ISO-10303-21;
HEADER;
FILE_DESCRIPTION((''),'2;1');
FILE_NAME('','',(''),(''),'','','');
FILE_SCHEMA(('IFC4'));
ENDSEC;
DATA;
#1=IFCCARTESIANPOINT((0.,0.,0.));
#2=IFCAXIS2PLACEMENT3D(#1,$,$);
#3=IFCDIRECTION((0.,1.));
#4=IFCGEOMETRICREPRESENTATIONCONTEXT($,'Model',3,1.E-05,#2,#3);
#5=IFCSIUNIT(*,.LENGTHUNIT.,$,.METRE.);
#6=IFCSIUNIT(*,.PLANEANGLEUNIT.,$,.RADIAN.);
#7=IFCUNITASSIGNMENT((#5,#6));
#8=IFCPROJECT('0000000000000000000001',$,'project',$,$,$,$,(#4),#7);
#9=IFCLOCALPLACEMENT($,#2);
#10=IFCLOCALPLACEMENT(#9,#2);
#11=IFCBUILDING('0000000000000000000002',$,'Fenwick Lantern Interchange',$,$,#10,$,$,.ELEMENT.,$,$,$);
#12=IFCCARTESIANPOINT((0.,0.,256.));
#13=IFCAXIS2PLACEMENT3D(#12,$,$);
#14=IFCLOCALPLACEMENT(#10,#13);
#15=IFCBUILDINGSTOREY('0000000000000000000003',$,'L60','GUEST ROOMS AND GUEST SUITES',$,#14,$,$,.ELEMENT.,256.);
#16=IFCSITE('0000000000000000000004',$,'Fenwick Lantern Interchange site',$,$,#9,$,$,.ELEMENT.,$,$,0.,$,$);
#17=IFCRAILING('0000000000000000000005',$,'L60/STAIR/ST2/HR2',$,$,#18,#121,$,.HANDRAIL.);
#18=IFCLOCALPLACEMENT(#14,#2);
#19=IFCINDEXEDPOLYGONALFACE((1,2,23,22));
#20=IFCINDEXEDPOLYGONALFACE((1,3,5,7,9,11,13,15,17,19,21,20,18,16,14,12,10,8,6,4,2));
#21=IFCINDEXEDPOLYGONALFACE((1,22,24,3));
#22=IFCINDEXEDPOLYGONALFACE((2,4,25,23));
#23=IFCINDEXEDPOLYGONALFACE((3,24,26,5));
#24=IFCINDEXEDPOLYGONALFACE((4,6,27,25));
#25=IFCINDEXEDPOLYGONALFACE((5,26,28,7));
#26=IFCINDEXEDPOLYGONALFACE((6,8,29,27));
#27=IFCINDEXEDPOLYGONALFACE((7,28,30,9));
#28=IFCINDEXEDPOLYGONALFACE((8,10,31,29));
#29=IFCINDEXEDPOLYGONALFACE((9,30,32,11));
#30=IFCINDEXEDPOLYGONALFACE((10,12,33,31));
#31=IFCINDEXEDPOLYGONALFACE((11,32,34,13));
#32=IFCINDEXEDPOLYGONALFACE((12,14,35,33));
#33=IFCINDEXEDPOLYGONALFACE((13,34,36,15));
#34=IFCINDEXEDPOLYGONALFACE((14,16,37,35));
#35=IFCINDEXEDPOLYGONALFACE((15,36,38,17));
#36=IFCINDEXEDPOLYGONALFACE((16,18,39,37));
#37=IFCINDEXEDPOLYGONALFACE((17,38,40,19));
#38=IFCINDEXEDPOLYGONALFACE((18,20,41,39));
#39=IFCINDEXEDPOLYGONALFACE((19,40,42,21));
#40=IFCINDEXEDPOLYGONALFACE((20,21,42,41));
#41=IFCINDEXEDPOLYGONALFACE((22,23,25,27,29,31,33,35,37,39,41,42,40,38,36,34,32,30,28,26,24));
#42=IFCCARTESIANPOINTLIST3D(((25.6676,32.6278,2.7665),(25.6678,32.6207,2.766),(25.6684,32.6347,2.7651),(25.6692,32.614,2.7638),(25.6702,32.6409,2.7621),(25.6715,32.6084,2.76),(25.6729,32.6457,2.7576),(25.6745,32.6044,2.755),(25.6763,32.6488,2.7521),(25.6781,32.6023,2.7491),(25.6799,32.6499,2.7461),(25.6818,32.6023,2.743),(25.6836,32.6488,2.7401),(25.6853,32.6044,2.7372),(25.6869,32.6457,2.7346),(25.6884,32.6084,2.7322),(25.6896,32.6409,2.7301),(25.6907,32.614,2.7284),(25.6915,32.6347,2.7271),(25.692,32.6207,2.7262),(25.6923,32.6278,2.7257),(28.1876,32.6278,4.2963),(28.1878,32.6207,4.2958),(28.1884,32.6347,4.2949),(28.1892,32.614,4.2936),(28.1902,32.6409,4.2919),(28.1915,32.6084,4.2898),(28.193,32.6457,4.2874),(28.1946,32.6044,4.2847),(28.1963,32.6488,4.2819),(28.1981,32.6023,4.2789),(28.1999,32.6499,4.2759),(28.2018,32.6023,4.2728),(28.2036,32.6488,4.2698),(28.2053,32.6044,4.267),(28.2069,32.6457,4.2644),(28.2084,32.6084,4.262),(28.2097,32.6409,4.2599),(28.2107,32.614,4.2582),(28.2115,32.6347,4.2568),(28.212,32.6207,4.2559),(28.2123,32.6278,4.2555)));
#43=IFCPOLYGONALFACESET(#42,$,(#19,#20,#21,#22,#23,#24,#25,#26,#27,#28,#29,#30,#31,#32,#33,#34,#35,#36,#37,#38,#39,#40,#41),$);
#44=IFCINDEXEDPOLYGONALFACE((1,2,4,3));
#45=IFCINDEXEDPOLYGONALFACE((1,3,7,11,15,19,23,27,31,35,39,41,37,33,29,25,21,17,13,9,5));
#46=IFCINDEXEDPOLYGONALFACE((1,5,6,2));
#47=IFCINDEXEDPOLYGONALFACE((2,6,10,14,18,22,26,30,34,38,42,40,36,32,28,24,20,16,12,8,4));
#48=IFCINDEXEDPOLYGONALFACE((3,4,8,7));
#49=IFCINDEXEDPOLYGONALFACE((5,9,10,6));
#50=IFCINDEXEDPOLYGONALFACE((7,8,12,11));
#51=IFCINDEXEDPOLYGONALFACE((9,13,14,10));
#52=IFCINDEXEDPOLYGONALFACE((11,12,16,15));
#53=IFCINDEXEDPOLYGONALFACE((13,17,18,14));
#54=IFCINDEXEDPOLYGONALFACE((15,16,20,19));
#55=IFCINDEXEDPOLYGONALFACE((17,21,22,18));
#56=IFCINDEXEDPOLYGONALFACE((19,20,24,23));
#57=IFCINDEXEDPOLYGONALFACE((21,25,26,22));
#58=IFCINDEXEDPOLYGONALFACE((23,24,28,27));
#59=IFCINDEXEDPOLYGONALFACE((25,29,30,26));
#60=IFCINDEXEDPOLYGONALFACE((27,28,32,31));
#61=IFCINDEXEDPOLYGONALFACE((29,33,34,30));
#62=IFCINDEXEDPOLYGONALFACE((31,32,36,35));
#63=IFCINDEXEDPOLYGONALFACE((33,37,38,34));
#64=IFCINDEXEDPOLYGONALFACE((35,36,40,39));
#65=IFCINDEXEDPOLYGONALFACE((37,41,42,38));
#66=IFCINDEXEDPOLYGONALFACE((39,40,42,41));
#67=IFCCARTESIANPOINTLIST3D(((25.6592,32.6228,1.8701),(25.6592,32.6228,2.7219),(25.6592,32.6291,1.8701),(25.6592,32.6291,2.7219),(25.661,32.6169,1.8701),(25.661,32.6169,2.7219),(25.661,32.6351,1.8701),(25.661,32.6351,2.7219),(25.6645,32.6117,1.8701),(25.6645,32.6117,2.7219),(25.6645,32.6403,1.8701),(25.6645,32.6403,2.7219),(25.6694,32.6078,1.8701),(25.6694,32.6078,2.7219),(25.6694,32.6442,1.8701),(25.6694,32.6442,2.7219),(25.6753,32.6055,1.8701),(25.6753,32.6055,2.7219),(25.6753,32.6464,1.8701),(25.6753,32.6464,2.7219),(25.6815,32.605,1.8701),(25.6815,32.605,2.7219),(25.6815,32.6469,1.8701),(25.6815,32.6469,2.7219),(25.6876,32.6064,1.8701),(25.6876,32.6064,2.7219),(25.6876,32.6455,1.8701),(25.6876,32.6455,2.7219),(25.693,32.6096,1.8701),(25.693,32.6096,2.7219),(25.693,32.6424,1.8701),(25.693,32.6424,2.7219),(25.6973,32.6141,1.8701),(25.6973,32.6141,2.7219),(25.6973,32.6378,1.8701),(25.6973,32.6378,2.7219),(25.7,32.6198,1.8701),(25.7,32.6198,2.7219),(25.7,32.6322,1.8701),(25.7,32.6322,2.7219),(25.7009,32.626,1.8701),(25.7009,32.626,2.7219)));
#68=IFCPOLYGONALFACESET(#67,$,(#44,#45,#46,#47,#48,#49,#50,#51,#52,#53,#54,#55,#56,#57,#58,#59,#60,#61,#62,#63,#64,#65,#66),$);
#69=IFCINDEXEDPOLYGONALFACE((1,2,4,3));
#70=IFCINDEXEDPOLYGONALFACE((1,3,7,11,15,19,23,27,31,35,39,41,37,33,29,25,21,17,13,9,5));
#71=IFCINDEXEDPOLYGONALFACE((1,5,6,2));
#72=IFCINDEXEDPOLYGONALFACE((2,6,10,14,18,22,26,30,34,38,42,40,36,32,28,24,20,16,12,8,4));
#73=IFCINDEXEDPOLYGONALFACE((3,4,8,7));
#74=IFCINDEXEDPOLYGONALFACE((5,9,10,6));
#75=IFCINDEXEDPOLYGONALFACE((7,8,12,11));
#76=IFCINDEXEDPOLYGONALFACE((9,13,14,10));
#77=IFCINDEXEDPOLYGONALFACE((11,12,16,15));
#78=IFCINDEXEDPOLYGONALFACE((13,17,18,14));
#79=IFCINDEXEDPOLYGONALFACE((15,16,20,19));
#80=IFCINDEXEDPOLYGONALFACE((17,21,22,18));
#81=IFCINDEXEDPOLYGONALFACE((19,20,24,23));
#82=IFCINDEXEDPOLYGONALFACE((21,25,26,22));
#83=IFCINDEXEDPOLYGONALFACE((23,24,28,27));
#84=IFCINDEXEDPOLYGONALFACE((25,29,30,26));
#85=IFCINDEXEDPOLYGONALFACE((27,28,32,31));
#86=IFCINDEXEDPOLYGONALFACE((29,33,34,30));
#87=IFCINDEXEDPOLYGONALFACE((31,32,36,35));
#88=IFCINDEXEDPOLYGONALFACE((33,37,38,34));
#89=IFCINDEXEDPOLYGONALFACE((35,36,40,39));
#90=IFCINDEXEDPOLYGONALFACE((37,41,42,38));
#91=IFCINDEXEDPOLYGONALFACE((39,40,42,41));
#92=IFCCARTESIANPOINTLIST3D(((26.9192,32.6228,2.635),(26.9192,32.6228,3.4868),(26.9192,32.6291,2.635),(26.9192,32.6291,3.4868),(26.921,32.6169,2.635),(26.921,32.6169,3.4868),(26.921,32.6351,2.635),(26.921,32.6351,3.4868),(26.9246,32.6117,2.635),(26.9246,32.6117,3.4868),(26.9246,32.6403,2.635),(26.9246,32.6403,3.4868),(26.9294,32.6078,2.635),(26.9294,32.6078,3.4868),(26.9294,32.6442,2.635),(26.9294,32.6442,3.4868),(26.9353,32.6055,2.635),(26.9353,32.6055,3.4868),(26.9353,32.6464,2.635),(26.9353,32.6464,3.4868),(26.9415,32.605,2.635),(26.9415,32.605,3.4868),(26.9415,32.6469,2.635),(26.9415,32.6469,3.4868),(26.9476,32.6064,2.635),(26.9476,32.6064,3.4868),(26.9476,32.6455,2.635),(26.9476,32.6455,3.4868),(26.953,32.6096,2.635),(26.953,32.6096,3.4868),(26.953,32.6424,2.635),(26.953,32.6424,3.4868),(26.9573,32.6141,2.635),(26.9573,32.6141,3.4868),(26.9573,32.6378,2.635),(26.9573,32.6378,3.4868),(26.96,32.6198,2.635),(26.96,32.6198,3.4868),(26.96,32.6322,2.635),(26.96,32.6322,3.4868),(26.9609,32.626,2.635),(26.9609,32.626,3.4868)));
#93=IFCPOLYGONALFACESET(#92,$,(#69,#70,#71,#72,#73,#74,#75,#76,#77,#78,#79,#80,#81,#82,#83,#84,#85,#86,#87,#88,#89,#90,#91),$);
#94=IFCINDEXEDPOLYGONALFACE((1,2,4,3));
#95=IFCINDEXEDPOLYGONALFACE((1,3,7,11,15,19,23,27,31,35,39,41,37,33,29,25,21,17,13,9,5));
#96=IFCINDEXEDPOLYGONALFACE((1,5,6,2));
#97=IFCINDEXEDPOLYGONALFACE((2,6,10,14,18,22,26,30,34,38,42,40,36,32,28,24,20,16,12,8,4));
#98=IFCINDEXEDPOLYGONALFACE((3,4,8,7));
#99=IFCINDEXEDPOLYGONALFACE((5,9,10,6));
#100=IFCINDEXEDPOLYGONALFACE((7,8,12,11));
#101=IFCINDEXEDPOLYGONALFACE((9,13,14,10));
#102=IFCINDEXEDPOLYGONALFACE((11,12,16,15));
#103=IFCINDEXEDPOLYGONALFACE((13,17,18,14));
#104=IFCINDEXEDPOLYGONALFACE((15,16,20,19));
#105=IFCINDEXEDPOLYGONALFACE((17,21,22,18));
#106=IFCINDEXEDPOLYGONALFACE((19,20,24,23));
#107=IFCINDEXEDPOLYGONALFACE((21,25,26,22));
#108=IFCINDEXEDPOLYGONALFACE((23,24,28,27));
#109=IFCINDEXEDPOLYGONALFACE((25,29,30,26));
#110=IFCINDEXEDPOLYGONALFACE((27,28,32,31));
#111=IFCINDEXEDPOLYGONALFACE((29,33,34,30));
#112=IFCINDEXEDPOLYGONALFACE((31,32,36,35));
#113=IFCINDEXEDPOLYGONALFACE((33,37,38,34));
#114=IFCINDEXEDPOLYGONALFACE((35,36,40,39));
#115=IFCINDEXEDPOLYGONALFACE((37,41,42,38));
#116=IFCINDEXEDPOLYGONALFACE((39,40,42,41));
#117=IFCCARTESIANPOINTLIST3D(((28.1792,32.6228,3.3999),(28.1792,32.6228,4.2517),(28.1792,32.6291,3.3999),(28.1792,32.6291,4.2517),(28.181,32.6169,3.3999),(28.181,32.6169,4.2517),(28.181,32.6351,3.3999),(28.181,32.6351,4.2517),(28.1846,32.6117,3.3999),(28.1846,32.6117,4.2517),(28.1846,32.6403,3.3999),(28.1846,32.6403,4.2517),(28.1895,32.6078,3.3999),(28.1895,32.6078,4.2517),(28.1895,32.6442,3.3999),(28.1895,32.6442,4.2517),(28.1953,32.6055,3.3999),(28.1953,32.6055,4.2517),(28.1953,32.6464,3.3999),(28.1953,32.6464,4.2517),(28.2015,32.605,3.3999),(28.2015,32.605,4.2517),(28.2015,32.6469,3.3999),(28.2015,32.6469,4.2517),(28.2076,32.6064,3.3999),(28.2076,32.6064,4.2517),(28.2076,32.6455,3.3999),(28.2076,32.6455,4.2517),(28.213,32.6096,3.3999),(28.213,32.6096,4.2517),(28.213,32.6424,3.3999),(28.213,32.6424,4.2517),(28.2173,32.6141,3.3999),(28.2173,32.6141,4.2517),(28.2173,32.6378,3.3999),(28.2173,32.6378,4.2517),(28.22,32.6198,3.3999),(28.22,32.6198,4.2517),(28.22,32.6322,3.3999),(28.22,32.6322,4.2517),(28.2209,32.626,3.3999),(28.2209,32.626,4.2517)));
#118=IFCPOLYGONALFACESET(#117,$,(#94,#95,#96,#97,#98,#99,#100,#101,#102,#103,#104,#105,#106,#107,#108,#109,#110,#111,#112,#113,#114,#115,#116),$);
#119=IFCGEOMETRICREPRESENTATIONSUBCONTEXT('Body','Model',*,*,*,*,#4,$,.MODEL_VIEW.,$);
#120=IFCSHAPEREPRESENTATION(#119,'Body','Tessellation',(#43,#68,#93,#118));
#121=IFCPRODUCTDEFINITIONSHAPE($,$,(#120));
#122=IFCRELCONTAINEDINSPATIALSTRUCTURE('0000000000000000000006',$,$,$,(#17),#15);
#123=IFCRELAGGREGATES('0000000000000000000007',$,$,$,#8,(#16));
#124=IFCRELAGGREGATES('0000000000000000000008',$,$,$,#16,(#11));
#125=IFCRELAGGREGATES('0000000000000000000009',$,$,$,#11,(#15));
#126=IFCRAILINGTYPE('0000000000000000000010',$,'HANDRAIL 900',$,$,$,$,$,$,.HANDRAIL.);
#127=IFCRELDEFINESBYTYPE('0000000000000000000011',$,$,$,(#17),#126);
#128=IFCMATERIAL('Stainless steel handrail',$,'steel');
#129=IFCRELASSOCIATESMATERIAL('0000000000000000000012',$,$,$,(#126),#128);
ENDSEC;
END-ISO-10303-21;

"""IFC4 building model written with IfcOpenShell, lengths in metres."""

from ifc_helpers import new_model, si_unit, direction, frame, origin, origin_2d, place, context, subcontext, project, spatial, circle, extrude, material, type_object, element, save


model = new_model("IFC4")

# Units and contexts
model_context = context("Model", 3, precision=1e-05, world=origin(), true_north=direction((0.0, 1.0)))
body_context = subcontext(model_context, "Body", "Model", "MODEL_VIEW")
ifc_project = project(units=[si_unit("LENGTHUNIT", "METRE"), si_unit("PLANEANGLEUNIT", "RADIAN")], contexts=[model_context])

# Site, building, storey
site_placement = place(None, origin())
site = spatial("IfcSite", under=ifc_project, at=site_placement, Name="Fenwick Lantern Interchange site", CompositionType="ELEMENT", RefElevation=0.0)
building_placement = place(site_placement, origin())
building = spatial("IfcBuilding", under=site, at=building_placement, Name="Fenwick Lantern Interchange", CompositionType="ELEMENT")
storey_placement = place(building_placement, frame((0.0, 0.0, 256.0)))
storey = spatial("IfcBuildingStorey", under=building, at=storey_placement, Name="L60", Description="GUEST ROOMS AND GUEST SUITES", CompositionType="ELEMENT", Elevation=256.0)

# Railing
ifc_material_1 = material(Name="Stainless steel handrail", Category="steel")
railing_type = type_object("IfcRailingType", Name="HANDRAIL 900", PredefinedType="HANDRAIL", material=ifc_material_1)
railing_1_placement = place(storey_placement, frame((25.6799, 32.626, 1.8701)))
element("IfcRailing", 1, at=railing_1_placement, inside=storey, type_object=railing_type, Name="L60/STAIR/ST2/HR2", PredefinedType="HANDRAIL", context=body_context, shape_type="SweptSolid", body=[
    extrude(circle(Radius=0.0239, at=origin_2d()), frame((0.0, 0.0, 0.876), z_axis=(0.854822, 0.0, 0.518922), x_axis=(0.0, 1.0, 0.0)), (0.0, 0.0, 1.0), 2.948),
    extrude(circle(Radius=0.021, at=origin_2d()), origin(), (0.0, 0.0, 1.0), 0.8518),
    extrude(circle(Radius=0.021, at=origin_2d()), frame((1.26, 0.0, 0.7649)), (0.0, 0.0, 1.0), 0.8518),
    extrude(circle(Radius=0.021, at=origin_2d()), frame((2.52, 0.0, 1.5298)), (0.0, 0.0, 1.0), 0.8518),
])

save(model, "model.ifc")
